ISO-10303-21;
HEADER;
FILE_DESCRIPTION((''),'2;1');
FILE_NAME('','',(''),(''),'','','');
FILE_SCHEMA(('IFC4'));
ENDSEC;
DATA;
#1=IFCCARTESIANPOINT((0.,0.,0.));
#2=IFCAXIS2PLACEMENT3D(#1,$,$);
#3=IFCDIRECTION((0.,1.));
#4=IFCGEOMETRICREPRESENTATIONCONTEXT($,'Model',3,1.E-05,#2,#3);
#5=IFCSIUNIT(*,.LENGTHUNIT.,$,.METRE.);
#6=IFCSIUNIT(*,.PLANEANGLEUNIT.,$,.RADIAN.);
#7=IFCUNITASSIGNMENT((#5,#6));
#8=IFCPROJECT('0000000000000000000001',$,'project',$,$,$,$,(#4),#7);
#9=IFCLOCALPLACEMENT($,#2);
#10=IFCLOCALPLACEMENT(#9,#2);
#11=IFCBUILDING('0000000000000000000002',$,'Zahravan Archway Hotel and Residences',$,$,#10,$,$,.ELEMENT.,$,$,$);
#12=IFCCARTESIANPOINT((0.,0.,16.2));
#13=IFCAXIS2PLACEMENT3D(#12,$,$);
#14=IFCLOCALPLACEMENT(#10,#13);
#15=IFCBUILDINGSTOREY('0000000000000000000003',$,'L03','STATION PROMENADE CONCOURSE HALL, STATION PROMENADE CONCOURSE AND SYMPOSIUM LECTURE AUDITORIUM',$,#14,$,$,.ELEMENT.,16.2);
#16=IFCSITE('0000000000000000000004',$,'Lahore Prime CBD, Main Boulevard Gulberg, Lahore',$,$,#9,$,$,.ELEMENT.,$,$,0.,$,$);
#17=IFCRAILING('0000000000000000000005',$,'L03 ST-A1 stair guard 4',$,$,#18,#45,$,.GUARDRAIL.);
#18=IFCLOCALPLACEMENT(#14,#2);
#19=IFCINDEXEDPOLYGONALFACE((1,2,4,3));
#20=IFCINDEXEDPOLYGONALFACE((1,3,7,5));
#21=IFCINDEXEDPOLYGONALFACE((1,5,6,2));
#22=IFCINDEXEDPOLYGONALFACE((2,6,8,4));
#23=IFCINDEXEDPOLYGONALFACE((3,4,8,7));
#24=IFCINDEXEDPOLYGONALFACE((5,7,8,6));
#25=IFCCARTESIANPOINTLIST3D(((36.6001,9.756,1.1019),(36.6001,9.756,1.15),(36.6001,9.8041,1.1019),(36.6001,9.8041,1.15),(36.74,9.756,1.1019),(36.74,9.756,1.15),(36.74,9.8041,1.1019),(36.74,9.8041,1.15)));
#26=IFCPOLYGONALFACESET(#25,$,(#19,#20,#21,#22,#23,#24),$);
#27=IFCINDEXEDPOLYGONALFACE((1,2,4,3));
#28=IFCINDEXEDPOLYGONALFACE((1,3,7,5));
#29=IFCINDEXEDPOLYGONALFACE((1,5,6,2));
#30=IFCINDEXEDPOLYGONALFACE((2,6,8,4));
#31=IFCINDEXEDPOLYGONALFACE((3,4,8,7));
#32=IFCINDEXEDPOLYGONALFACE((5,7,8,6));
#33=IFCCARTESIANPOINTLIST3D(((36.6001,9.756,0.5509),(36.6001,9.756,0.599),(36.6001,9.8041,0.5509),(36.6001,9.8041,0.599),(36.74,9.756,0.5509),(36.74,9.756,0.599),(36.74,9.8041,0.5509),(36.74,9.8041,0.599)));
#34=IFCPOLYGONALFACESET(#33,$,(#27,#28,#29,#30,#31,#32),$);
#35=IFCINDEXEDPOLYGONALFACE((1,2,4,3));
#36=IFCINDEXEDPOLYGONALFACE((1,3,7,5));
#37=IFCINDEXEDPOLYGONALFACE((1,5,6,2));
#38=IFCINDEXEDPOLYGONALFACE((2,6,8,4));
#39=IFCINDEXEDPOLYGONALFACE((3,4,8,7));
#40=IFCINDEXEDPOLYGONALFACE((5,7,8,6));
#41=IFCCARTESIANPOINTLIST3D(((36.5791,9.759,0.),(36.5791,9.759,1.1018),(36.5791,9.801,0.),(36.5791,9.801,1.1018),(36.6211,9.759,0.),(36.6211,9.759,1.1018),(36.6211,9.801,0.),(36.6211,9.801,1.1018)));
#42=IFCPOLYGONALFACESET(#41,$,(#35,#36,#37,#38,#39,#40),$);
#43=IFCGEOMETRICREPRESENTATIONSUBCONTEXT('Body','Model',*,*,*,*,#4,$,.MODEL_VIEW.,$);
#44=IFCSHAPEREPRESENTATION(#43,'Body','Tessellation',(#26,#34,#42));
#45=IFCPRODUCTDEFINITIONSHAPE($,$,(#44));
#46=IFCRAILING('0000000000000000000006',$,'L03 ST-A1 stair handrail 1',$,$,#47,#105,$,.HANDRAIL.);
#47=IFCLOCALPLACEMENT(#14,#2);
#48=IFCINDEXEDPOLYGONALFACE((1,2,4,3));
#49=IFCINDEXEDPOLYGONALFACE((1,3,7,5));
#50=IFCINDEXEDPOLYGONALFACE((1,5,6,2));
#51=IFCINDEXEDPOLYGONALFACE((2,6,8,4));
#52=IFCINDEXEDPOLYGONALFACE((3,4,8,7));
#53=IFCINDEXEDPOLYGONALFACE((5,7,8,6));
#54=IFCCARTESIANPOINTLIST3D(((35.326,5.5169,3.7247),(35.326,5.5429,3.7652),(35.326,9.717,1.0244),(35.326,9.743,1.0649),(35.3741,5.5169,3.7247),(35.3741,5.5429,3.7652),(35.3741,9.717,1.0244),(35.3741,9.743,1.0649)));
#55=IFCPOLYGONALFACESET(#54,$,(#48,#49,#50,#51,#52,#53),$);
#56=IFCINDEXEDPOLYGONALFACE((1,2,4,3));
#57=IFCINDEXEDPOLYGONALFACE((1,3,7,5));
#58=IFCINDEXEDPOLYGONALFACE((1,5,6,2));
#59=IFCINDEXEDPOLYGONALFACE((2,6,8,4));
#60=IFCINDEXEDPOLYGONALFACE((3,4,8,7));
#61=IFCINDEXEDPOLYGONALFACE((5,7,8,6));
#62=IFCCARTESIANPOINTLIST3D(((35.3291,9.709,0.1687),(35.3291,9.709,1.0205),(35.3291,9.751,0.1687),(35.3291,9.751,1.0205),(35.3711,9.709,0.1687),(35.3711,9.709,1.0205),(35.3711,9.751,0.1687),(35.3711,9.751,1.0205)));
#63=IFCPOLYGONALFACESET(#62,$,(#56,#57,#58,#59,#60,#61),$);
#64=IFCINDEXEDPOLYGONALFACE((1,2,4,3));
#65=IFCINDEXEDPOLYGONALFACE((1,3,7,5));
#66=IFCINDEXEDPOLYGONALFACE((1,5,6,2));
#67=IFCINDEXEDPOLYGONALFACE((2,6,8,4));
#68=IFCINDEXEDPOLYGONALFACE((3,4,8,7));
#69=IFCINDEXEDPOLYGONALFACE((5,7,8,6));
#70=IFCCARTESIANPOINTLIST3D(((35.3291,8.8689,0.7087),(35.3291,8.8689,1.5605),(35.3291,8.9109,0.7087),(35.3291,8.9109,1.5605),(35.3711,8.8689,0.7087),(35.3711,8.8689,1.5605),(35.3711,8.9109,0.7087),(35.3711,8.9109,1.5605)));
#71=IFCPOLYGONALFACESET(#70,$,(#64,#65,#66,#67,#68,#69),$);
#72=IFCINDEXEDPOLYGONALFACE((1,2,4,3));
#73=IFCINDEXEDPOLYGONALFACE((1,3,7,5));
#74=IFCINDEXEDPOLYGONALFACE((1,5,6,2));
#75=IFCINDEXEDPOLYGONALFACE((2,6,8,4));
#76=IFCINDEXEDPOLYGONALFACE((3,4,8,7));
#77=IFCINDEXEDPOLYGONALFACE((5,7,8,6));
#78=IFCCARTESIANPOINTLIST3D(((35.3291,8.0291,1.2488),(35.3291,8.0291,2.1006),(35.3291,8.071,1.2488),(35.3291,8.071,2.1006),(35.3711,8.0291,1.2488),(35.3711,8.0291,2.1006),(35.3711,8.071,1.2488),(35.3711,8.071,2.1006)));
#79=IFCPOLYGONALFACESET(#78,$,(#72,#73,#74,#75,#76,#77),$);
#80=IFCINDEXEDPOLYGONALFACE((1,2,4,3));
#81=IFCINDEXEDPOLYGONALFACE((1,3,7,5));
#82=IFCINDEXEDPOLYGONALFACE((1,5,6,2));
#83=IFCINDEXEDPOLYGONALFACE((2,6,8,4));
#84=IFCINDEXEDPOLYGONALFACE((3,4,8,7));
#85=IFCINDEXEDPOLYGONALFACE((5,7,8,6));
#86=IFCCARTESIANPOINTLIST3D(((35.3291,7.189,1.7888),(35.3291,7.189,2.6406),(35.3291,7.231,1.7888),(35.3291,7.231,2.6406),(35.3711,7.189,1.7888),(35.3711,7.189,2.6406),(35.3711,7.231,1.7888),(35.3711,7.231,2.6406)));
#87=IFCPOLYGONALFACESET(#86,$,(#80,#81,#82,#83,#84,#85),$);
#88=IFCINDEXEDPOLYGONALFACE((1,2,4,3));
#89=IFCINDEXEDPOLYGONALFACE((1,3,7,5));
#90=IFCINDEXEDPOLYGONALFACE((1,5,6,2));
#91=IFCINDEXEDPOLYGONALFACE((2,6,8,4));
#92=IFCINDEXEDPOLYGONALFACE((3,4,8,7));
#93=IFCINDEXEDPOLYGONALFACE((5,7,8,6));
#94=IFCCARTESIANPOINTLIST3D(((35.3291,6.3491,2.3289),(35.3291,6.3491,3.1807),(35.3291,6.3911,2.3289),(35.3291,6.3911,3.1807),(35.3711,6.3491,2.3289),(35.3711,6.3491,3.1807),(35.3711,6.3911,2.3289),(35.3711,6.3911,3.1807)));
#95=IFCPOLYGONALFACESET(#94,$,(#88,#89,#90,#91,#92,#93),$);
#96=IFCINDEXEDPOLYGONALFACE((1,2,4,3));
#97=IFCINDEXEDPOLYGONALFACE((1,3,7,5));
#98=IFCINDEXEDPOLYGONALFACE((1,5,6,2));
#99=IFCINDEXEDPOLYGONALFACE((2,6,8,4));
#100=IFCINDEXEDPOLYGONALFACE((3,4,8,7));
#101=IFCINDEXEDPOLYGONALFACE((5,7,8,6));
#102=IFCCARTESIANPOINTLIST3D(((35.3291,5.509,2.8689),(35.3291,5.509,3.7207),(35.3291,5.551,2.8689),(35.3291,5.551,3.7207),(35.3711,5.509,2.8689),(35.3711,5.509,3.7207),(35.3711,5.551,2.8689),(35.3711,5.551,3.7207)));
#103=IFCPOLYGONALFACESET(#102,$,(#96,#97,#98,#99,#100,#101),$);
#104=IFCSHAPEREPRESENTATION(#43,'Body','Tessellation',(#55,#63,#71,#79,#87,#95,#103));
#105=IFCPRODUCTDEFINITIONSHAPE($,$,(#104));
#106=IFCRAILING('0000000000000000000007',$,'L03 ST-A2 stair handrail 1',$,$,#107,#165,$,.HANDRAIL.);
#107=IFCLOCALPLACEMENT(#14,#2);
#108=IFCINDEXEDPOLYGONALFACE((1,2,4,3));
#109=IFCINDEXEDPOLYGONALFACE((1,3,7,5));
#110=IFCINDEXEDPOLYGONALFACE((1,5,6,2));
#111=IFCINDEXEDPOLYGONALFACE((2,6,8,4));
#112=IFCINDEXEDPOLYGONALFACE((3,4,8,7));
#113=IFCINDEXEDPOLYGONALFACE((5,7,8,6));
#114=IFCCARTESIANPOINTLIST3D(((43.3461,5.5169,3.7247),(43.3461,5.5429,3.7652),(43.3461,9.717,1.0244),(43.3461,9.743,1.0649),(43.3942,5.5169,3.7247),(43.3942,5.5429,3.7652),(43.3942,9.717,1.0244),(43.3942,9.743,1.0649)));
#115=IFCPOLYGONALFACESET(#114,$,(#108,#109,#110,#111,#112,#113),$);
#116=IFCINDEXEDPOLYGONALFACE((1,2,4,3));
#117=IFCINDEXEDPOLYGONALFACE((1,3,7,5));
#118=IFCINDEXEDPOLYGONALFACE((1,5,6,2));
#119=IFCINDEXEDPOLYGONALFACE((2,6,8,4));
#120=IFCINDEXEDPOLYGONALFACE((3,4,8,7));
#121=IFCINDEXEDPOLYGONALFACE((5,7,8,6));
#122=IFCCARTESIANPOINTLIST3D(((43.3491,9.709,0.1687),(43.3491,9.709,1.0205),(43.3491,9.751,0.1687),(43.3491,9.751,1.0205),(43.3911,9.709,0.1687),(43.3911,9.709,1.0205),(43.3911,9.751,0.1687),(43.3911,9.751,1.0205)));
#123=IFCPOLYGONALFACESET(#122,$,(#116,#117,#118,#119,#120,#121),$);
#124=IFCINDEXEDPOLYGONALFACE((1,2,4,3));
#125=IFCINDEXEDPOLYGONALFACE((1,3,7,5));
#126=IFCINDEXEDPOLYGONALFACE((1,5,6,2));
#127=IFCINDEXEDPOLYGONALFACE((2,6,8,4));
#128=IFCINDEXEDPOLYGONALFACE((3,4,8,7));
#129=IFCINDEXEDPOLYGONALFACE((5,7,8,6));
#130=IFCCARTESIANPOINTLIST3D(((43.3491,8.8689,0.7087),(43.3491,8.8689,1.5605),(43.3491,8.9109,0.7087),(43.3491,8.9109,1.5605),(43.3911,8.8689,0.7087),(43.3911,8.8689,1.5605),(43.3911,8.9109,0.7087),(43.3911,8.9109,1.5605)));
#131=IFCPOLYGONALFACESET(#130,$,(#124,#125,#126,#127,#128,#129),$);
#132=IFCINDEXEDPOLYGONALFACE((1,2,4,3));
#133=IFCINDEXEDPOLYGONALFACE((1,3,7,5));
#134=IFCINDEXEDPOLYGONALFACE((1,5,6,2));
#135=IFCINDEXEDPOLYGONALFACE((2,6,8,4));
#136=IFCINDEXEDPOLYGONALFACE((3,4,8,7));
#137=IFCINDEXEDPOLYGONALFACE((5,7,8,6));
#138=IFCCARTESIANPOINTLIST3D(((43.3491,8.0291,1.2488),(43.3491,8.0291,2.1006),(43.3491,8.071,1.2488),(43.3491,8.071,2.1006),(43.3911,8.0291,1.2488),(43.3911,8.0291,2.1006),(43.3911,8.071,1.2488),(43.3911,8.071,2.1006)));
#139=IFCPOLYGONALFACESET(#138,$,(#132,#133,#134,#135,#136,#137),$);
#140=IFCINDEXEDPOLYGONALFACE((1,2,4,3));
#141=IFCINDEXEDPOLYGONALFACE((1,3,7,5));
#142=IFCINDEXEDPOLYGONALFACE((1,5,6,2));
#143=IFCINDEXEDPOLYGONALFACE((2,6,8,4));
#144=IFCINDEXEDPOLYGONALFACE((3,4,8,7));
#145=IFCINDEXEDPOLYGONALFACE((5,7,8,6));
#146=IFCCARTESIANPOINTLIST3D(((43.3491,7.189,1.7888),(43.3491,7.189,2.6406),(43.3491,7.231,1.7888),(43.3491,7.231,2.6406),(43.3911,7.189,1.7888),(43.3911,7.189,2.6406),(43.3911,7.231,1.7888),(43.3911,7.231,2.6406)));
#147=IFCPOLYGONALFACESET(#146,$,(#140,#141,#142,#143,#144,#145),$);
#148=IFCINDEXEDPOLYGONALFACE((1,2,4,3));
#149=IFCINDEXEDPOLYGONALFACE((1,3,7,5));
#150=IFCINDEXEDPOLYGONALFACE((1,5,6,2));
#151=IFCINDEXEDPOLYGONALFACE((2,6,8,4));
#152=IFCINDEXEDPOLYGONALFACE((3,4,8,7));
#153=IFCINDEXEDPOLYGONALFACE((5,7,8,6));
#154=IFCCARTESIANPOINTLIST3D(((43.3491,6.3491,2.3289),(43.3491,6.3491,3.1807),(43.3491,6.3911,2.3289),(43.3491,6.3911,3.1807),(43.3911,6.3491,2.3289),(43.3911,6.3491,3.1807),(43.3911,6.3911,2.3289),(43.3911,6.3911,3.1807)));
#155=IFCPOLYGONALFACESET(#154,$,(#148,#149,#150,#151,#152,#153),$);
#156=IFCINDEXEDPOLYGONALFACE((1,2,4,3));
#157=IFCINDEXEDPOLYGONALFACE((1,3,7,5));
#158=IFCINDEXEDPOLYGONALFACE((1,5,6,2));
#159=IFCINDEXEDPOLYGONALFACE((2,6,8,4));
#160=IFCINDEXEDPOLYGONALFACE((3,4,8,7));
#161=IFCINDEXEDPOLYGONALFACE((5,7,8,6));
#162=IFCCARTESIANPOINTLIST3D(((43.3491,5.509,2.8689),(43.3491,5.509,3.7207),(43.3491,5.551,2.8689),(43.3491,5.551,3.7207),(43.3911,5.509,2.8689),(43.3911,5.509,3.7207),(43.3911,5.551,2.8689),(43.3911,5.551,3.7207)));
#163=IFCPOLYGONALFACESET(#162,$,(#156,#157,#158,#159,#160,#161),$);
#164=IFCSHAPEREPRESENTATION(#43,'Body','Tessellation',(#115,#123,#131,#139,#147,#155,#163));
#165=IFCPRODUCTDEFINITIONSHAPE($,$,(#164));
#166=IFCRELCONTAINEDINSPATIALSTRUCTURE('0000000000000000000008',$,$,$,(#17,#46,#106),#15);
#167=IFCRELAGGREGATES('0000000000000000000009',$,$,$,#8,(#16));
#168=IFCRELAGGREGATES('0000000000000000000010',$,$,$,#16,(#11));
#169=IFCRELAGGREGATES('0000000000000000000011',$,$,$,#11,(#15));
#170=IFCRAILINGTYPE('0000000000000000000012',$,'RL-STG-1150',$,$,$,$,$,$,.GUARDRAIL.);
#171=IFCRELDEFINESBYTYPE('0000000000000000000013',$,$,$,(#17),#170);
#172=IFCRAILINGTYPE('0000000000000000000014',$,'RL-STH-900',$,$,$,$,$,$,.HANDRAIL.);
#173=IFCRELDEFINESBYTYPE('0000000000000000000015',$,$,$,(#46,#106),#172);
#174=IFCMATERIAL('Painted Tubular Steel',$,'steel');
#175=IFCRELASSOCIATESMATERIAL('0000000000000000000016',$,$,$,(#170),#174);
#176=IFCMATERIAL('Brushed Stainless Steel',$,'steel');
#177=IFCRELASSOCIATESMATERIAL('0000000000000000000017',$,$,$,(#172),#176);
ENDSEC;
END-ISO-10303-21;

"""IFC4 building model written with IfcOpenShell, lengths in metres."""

from ifc_helpers import new_model, si_unit, direction, frame, origin, origin_2d, place, context, subcontext, project, spatial, rectangle, extrude, material, type_object, element, save


model = new_model("IFC4")

# Units and contexts
model_context = context("Model", 3, precision=1e-05, world=origin(), true_north=direction((0.0, 1.0)))
body_context = subcontext(model_context, "Body", "Model", "MODEL_VIEW")
ifc_project = project(units=[si_unit("LENGTHUNIT", "METRE"), si_unit("PLANEANGLEUNIT", "RADIAN")], contexts=[model_context])

# Site, building, storey
site_placement = place(None, origin())
site = spatial("IfcSite", under=ifc_project, at=site_placement, Name="Lahore Prime CBD, Main Boulevard Gulberg, Lahore", CompositionType="ELEMENT", RefElevation=0.0)
building_placement = place(site_placement, origin())
building = spatial("IfcBuilding", under=site, at=building_placement, Name="Zahravan Archway Hotel and Residences", CompositionType="ELEMENT")
storey_placement = place(building_placement, frame((0.0, 0.0, 16.2)))
storey = spatial("IfcBuildingStorey", under=building, at=storey_placement, Name="L03", Description="STATION PROMENADE CONCOURSE HALL, STATION PROMENADE CONCOURSE AND SYMPOSIUM LECTURE AUDITORIUM", CompositionType="ELEMENT", Elevation=16.2)

# Shared definitions
ifc_material_1 = material(Name="Brushed Stainless Steel", Category="steel")

# Railings
ifc_material_2 = material(Name="Painted Tubular Steel", Category="steel")
railing_type_1 = type_object("IfcRailingType", Name="RL-STG-1150", PredefinedType="GUARDRAIL", material=ifc_material_2)
railing_1_placement = place(storey_placement, frame((36.6001, 9.78, 0.0)))
element("IfcRailing", 1, at=railing_1_placement, inside=storey, type_object=railing_type_1, Name="L03 ST-A1 stair guard 4", PredefinedType="GUARDRAIL", context=body_context, shape_type="SweptSolid", body=[
    extrude(rectangle(XDim=0.0481, YDim=0.0481, at=origin_2d()), frame((0.0, 0.0, 1.126), z_axis=(1.0, 0.0, 0.0), x_axis=(0.0, 1.0, 0.0)), (0.0, 0.0, 1.0), 0.1399),
    extrude(rectangle(XDim=0.0481, YDim=0.0481, at=origin_2d()), frame((0.0, 0.0, 0.575), z_axis=(1.0, 0.0, 0.0), x_axis=(0.0, 1.0, 0.0)), (0.0, 0.0, 1.0), 0.1399),
    extrude(rectangle(XDim=0.042, YDim=0.042, at=origin_2d()), origin(), (0.0, 0.0, 1.0), 1.1018),
])
railing_type_2 = type_object("IfcRailingType", Name="RL-STH-900", PredefinedType="HANDRAIL", material=ifc_material_1)
for number, where, name in (
    (2, (35.3501, 9.73, 0.1687), "L03 ST-A1 stair handrail 1"),
    (3, (43.3701, 9.73, 0.1687), "L03 ST-A2 stair handrail 1"),
):
    element("IfcRailing", number, at=place(storey_placement, frame(where)), inside=storey, type_object=railing_type_2, Name=name, PredefinedType="HANDRAIL", context=body_context, shape_type="SweptSolid", body=[
        extrude(rectangle(XDim=0.0481, YDim=0.0481, at=origin_2d()), frame((0.0, 0.0, 0.876), z_axis=(0.0, -0.841158, 0.54079), x_axis=(1.0, 0.0, 0.0)), (0.0, 0.0, 1.0), 4.9932),
        extrude(rectangle(XDim=0.042, YDim=0.042, at=origin_2d()), origin(), (0.0, 0.0, 1.0), 0.8518),
        extrude(rectangle(XDim=0.042, YDim=0.042, at=origin_2d()), frame((0.0, -0.8401, 0.54)), (0.0, 0.0, 1.0), 0.8518),
        extrude(rectangle(XDim=0.042, YDim=0.042, at=origin_2d()), frame((0.0, -1.6799, 1.0801)), (0.0, 0.0, 1.0), 0.8518),
        extrude(rectangle(XDim=0.042, YDim=0.042, at=origin_2d()), frame((0.0, -2.52, 1.6201)), (0.0, 0.0, 1.0), 0.8518),
        extrude(rectangle(XDim=0.042, YDim=0.042, at=origin_2d()), frame((0.0, -3.3599, 2.1602)), (0.0, 0.0, 1.0), 0.8518),
        extrude(rectangle(XDim=0.042, YDim=0.042, at=origin_2d()), frame((0.0, -4.2, 2.7002)), (0.0, 0.0, 1.0), 0.8518),
    ])

save(model, "model.ifc")
